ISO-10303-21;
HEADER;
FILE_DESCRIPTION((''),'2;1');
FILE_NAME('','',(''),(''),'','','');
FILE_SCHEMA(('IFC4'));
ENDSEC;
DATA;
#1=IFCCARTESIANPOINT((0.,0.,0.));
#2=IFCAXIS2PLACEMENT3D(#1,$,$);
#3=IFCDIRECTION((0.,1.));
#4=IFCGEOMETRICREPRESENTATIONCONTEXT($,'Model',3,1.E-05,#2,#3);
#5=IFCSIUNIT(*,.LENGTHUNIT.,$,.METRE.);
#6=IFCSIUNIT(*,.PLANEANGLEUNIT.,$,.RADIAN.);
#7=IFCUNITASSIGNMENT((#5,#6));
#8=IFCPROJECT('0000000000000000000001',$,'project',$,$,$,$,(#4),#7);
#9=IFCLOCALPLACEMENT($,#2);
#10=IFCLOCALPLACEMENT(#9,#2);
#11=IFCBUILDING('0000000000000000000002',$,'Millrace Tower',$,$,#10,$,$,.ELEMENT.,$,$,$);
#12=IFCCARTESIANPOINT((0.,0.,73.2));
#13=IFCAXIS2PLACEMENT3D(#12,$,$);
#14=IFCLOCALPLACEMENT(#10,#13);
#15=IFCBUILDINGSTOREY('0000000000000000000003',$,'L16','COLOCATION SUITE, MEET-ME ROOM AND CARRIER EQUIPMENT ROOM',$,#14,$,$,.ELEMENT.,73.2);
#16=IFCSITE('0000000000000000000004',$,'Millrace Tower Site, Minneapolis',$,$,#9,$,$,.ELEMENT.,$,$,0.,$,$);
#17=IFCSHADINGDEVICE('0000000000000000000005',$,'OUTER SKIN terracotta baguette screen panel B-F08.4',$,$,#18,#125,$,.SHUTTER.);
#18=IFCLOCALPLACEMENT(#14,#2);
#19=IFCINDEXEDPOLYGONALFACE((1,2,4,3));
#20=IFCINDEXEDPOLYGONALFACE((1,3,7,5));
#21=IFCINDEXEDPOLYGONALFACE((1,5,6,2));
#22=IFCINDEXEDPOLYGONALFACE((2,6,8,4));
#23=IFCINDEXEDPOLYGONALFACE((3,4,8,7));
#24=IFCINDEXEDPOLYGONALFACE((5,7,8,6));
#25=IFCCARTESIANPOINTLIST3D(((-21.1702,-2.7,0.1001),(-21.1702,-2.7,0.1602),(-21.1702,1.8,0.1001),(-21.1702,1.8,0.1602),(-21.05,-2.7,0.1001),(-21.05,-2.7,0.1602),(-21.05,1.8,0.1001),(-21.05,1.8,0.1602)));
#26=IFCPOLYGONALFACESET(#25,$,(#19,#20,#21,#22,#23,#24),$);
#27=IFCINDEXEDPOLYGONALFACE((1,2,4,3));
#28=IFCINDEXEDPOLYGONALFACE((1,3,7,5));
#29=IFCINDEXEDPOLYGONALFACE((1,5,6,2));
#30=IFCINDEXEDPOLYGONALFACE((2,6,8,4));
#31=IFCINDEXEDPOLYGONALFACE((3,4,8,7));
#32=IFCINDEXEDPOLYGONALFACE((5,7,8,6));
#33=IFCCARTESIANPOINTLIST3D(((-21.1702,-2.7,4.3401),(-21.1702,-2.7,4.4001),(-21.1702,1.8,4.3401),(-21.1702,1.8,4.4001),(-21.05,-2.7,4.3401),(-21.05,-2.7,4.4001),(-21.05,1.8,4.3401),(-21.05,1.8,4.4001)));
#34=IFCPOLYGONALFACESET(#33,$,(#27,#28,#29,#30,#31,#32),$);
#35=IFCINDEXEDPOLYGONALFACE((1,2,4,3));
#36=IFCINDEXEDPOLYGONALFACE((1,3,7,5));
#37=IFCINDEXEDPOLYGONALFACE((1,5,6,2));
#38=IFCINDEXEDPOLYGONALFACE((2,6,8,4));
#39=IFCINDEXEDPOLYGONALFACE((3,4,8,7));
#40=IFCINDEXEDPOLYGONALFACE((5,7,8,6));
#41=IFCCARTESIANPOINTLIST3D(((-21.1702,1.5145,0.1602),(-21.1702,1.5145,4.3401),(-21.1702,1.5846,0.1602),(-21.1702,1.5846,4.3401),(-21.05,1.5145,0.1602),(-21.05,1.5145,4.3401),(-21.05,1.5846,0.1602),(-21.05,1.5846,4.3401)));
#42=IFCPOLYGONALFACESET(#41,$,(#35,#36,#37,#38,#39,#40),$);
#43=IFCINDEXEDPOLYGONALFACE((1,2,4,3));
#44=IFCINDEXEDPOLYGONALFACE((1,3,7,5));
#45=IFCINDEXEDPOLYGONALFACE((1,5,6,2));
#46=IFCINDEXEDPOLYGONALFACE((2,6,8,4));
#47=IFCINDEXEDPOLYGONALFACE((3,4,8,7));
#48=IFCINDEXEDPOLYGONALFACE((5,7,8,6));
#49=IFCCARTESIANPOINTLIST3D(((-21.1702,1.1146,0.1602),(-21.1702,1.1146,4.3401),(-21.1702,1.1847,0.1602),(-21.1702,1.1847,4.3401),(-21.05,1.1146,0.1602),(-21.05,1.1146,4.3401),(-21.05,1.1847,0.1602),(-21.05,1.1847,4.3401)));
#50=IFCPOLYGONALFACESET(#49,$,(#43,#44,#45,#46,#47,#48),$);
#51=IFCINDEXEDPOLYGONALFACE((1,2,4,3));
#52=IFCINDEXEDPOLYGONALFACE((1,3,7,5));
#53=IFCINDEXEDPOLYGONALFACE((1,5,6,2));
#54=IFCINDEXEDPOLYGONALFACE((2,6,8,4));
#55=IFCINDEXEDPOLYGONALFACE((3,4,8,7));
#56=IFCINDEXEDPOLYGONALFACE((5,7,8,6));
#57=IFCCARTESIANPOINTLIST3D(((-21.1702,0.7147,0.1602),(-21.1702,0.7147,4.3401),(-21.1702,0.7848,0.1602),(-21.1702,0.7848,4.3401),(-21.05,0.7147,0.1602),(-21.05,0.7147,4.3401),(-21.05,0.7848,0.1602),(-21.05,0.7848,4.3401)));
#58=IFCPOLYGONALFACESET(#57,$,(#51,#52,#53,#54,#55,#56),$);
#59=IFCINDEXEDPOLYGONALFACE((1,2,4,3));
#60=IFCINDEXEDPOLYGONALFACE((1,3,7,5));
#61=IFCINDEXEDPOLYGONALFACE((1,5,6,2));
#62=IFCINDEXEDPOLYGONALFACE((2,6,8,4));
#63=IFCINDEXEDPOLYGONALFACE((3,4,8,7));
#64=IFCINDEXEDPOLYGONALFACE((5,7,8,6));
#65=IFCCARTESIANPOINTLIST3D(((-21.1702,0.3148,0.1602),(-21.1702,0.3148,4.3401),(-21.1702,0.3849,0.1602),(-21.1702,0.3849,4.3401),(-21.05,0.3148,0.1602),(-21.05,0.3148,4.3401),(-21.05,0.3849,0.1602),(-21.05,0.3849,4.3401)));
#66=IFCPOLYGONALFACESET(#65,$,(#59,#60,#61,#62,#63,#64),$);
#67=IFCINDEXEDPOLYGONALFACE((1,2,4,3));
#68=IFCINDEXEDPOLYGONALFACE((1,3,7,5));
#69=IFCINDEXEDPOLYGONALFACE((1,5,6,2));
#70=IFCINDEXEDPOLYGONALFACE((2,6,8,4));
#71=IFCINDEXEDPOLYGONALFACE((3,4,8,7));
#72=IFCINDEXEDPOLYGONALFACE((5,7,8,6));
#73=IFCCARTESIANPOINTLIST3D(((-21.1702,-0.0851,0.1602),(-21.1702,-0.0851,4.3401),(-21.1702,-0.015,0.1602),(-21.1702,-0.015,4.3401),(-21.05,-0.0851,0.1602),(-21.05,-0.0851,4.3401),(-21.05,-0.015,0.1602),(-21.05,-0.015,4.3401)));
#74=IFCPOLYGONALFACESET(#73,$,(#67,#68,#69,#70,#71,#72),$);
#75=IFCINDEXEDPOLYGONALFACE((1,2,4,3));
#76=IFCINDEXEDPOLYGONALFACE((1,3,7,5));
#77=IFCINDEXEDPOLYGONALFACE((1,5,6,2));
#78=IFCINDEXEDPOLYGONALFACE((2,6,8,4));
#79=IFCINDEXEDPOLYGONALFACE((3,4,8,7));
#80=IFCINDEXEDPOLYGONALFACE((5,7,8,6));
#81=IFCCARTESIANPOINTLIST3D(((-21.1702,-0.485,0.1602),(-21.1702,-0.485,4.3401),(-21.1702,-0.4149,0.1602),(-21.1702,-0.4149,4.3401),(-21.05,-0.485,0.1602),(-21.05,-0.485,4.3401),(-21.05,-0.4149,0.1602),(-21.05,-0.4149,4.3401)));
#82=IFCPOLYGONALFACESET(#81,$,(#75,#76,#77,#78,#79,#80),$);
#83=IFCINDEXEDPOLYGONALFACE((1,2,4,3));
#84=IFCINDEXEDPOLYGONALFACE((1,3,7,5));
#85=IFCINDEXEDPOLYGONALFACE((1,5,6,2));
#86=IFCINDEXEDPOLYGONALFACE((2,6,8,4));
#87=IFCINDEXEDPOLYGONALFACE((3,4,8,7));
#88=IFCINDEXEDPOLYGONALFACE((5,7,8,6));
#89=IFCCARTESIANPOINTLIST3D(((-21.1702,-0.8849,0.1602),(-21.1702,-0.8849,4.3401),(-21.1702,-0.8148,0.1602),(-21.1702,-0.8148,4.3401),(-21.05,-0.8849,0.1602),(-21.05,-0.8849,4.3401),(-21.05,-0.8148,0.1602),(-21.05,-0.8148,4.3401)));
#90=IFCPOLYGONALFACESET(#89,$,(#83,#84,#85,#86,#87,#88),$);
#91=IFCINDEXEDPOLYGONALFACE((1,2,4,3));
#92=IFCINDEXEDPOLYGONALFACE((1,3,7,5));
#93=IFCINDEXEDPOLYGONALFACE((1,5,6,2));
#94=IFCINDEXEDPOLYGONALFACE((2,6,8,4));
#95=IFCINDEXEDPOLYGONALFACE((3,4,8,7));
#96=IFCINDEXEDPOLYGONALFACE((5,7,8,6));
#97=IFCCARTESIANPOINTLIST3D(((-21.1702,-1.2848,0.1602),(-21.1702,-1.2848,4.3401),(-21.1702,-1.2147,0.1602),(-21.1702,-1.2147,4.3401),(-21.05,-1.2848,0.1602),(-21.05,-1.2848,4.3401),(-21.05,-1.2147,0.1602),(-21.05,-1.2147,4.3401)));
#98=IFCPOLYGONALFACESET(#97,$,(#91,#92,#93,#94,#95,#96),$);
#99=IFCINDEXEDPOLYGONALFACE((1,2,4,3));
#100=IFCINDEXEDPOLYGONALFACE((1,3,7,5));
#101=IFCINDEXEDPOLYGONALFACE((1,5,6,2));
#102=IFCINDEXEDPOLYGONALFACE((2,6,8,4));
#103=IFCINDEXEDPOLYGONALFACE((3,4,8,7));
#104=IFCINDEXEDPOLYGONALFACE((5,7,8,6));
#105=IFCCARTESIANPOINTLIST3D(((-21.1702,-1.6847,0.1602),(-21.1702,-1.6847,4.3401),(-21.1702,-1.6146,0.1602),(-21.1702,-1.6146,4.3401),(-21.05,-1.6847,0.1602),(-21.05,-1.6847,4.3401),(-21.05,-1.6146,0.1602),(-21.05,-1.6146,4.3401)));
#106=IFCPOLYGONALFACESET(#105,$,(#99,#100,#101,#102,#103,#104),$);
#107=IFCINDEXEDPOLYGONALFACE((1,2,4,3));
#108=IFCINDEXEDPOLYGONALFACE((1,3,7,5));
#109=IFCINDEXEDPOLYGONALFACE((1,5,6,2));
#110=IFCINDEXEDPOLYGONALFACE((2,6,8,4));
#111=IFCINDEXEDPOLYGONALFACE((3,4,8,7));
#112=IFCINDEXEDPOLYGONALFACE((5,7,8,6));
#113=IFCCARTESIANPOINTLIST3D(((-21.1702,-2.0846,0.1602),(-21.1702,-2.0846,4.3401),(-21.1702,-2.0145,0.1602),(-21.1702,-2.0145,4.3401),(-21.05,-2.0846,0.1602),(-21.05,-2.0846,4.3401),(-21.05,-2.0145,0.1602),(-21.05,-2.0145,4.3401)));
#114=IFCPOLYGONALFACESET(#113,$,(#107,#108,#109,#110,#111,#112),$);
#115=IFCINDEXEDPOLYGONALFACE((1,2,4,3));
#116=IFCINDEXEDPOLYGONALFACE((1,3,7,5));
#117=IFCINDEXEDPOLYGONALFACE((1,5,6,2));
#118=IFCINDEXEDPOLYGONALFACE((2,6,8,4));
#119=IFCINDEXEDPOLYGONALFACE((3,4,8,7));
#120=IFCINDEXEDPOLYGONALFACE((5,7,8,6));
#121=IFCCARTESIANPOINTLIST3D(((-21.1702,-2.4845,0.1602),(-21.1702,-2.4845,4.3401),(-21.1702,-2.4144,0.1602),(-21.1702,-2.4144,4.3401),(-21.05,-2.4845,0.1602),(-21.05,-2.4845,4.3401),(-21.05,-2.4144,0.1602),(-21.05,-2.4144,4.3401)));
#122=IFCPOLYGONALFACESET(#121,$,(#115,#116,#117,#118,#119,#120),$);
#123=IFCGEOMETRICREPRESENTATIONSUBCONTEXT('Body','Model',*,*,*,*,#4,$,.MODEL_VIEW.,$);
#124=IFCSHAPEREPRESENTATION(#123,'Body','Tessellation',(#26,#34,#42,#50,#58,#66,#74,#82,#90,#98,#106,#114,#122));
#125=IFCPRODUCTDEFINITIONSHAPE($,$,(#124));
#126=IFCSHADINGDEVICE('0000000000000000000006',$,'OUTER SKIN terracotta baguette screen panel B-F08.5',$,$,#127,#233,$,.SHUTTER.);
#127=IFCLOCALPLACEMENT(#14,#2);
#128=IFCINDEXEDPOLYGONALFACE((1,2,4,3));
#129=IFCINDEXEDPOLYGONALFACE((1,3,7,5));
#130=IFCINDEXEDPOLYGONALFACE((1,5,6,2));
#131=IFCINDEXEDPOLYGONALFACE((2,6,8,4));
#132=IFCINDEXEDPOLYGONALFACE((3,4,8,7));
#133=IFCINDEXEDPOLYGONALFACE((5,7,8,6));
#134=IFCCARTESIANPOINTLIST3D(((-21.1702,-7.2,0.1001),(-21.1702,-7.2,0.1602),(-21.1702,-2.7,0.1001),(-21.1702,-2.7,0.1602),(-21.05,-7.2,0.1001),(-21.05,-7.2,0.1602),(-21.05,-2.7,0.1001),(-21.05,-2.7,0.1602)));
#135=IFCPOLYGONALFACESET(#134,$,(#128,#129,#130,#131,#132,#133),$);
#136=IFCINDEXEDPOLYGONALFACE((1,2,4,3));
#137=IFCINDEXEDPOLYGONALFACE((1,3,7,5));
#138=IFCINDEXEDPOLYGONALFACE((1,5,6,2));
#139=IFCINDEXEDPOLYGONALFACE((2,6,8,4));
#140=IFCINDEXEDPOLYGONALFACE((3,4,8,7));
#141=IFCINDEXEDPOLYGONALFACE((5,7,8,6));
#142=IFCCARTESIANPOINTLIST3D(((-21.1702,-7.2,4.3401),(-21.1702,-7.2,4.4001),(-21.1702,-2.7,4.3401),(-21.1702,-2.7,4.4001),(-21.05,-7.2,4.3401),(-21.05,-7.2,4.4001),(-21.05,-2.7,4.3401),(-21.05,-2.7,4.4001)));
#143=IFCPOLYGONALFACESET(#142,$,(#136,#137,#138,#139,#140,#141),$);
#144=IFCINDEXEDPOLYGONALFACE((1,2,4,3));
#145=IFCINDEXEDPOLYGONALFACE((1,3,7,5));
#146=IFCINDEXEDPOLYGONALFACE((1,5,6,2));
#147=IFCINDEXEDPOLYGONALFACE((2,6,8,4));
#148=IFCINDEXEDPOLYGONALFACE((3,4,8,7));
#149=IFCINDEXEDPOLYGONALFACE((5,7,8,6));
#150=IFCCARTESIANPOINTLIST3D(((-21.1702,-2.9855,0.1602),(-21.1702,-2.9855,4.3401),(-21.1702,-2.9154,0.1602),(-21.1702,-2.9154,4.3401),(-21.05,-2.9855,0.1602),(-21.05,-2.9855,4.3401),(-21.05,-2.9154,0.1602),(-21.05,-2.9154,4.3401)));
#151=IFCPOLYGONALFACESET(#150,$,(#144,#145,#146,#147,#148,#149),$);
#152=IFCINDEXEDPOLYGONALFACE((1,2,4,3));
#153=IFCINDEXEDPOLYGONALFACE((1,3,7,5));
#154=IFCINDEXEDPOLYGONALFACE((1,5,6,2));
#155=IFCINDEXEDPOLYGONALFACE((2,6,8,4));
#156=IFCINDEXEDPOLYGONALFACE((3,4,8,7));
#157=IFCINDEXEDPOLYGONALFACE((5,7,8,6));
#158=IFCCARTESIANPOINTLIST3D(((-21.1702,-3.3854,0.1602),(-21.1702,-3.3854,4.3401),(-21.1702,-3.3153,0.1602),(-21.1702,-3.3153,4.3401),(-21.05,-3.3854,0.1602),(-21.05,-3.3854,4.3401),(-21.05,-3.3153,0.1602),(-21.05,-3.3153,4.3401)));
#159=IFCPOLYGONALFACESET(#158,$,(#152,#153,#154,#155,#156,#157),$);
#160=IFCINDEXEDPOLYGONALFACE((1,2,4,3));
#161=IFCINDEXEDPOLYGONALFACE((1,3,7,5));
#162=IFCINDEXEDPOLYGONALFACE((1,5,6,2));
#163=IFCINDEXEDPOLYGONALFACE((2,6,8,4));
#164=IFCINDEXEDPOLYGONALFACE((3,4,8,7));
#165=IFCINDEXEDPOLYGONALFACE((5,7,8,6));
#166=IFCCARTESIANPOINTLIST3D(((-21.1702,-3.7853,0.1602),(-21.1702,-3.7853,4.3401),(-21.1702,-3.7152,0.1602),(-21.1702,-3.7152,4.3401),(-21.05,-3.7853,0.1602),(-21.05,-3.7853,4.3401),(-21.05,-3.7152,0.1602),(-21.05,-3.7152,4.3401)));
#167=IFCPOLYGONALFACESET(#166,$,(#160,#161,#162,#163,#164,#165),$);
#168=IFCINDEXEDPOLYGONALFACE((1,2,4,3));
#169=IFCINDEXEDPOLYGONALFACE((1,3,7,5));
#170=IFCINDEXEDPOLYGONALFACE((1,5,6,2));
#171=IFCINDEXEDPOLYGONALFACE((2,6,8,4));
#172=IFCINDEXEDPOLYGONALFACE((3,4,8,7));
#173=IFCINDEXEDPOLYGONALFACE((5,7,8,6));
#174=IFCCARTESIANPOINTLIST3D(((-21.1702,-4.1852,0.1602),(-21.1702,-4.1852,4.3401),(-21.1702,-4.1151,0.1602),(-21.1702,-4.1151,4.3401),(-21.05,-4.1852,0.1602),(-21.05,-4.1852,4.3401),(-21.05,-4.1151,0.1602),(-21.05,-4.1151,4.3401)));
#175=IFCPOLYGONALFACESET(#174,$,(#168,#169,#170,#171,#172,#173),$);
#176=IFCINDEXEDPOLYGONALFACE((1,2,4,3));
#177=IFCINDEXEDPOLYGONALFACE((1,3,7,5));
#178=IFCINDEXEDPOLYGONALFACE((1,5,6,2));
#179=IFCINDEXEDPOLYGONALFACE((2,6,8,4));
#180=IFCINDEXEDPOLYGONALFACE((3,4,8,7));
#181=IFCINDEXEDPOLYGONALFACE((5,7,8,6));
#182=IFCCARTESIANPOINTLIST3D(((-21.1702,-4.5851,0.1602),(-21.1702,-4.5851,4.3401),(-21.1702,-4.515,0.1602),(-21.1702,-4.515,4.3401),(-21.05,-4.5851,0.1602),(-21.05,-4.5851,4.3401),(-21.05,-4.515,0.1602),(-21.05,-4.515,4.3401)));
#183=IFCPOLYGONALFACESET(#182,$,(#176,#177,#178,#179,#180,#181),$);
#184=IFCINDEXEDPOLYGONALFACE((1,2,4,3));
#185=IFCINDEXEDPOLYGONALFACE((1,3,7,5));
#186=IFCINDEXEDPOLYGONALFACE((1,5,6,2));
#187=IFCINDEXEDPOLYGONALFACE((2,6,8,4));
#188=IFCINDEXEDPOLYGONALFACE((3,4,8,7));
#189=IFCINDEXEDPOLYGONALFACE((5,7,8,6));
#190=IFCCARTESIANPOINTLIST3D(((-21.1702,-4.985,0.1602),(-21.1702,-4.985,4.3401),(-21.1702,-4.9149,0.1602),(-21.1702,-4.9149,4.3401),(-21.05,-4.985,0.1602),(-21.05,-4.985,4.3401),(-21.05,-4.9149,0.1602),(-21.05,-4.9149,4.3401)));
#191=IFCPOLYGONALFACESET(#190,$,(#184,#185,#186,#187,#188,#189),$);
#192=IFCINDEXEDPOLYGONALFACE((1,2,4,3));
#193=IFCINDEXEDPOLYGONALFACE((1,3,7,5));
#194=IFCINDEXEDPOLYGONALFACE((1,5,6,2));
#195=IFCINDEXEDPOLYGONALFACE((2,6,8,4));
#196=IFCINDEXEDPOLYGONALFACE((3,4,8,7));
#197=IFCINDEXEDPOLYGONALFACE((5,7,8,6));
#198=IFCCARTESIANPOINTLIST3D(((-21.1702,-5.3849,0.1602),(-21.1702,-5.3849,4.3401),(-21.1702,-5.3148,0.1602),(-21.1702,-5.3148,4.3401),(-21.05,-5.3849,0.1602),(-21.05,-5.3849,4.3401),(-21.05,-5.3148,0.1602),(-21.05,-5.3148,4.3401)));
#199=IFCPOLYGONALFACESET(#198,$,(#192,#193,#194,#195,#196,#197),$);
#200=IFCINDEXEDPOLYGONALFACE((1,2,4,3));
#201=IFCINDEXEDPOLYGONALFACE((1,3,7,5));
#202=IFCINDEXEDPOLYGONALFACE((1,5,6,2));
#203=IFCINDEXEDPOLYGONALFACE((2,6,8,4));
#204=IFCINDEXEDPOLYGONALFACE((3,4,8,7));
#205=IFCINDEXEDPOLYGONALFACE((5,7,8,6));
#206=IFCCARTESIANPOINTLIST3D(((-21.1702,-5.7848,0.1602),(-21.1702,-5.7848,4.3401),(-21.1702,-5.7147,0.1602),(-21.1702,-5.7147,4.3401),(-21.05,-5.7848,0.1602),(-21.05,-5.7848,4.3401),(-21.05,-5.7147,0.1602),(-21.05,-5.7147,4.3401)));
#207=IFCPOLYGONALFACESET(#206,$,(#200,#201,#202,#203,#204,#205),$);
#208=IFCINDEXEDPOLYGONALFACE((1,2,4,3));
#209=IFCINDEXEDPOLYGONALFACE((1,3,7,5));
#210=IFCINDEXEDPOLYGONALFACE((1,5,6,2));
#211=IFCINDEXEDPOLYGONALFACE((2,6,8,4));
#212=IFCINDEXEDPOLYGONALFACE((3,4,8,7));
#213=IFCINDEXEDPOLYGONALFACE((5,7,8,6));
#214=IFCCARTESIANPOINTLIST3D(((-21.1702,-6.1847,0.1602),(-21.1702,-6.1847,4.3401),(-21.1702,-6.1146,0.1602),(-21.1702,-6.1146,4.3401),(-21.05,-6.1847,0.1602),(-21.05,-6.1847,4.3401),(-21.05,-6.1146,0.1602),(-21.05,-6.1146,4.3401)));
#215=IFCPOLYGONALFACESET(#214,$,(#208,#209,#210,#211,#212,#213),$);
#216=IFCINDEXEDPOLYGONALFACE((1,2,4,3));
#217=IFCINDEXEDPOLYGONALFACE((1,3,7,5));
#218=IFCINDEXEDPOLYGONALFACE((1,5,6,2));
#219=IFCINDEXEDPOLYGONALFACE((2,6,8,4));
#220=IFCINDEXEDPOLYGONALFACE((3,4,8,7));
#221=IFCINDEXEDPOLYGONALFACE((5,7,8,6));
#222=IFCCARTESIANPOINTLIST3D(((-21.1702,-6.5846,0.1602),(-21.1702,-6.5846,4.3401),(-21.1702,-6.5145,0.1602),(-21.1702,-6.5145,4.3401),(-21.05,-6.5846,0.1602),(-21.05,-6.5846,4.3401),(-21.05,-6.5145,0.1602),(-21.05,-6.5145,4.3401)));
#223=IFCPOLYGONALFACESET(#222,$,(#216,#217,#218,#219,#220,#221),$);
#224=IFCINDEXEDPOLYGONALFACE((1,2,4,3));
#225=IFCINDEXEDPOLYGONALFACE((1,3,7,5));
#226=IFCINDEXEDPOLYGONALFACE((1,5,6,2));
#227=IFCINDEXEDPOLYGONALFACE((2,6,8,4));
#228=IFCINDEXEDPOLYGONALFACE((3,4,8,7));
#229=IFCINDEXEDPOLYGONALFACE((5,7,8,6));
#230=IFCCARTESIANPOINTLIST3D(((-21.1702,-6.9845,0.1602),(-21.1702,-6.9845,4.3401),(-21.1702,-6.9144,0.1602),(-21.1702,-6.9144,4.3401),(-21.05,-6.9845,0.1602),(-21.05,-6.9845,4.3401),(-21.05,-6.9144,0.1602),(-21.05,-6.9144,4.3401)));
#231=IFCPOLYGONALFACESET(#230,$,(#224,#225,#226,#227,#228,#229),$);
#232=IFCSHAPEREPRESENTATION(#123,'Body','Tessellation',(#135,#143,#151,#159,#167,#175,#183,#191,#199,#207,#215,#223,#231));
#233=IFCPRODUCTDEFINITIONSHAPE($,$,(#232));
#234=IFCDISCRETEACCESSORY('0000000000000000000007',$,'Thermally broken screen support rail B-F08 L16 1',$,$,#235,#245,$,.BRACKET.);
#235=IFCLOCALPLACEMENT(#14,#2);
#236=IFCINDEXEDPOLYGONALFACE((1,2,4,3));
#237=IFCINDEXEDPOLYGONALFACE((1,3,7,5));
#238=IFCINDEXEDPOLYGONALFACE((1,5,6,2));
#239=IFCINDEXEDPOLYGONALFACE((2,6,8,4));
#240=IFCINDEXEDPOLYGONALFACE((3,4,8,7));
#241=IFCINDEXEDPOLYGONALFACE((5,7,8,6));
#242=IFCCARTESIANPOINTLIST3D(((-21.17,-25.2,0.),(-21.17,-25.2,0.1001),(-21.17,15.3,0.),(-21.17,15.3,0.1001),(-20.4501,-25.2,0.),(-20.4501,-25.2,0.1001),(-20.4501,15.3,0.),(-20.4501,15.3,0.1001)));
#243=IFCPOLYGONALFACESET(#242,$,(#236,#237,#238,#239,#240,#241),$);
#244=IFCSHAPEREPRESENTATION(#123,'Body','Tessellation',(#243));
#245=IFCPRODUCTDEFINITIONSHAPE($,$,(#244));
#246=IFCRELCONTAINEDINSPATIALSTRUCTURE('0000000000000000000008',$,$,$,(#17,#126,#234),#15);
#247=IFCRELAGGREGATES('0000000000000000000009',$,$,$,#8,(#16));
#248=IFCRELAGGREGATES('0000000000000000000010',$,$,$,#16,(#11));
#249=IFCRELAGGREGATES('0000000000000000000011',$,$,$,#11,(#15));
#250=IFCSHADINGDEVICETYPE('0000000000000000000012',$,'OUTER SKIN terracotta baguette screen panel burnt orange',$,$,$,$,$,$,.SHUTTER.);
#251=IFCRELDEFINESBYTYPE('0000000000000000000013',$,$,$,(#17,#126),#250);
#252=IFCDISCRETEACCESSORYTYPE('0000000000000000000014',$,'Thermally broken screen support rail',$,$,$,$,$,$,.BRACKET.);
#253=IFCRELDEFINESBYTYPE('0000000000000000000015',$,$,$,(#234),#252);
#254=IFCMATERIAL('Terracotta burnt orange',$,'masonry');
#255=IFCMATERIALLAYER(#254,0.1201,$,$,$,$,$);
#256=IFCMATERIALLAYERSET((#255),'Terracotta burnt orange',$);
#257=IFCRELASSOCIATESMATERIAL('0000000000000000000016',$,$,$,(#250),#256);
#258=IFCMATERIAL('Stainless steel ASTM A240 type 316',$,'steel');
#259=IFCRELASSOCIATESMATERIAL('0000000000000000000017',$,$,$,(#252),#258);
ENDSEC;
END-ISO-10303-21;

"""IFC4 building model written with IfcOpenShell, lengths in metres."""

from ifc_helpers import new_model, entity, si_unit, direction, frame, frame_2d, origin, origin_2d, place, context, subcontext, project, spatial, rectangle, extrude, source, transform, mapped, material, layer, layer_set, type_object, element, save


model = new_model("IFC4")

# Units and contexts
model_context = context("Model", 3, precision=1e-05, world=origin(), true_north=direction((0.0, 1.0)))
body_context = subcontext(model_context, "Body", "Model", "MODEL_VIEW")
ifc_project = project(units=[si_unit("LENGTHUNIT", "METRE"), si_unit("PLANEANGLEUNIT", "RADIAN")], contexts=[model_context])

# Site, building, storey
site_placement = place(None, origin())
site = spatial("IfcSite", under=ifc_project, at=site_placement, Name="Millrace Tower Site, Minneapolis", CompositionType="ELEMENT", RefElevation=0.0)
building_placement = place(site_placement, origin())
building = spatial("IfcBuilding", under=site, at=building_placement, Name="Millrace Tower", CompositionType="ELEMENT")
storey_placement = place(building_placement, frame((0.0, 0.0, 73.2)))
storey = spatial("IfcBuildingStorey", under=building, at=storey_placement, Name="L16", Description="COLOCATION SUITE, MEET-ME ROOM AND CARRIER EQUIPMENT ROOM", CompositionType="ELEMENT", Elevation=73.2)

# Shading devices
ifc_material_1 = material(Name="Terracotta burnt orange", Category="masonry")
ifc_layer_1 = layer(ifc_material_1, 0.1201)
ifc_layer_set_1 = layer_set([ifc_layer_1], Name="Terracotta burnt orange")
shading_device_type = type_object("IfcShadingDeviceType", Name="OUTER SKIN terracotta baguette screen panel burnt orange", PredefinedType="SHUTTER", material=ifc_layer_set_1)
cartesian_point = entity("IfcCartesianPoint", [-2.25, 0.0601])
shared_polyline = entity("IfcPolyline", [cartesian_point, entity("IfcCartesianPoint", [2.25, 0.0601]), entity("IfcCartesianPoint", [2.25, -0.0601]), entity("IfcCartesianPoint", [-2.25, -0.0601]), cartesian_point])
shared_shape = source(origin(), body_context, "Body", "SweptSolid", [
    entity("IfcExtrudedAreaSolid", entity("IfcArbitraryClosedProfileDef", "AREA", None, shared_polyline), entity("IfcAxis2Placement3D", entity("IfcCartesianPoint", [0.0, 0.0, 0.0])), entity("IfcDirection", [0.0, 0.0, 1.0]), 0.0601),
    entity("IfcExtrudedAreaSolid", entity("IfcArbitraryClosedProfileDef", "AREA", None, shared_polyline), entity("IfcAxis2Placement3D", entity("IfcCartesianPoint", [0.0, 0.0, 4.24])), entity("IfcDirection", [0.0, 0.0, 1.0]), 0.0601),
    extrude(rectangle(XDim=0.0701, YDim=0.1201, at=frame_2d((-1.9995, 0.0))), frame((0.0, 0.0, 0.0601)), (0.0, 0.0, 1.0), 4.1799),
    extrude(rectangle(XDim=0.0701, YDim=0.1201, at=frame_2d((-1.5996, 0.0))), frame((0.0, 0.0, 0.0601)), (0.0, 0.0, 1.0), 4.1799),
    extrude(rectangle(XDim=0.0701, YDim=0.1201, at=frame_2d((-1.1997, 0.0))), frame((0.0, 0.0, 0.0601)), (0.0, 0.0, 1.0), 4.1799),
    extrude(rectangle(XDim=0.0701, YDim=0.1201, at=frame_2d((-0.7998, 0.0))), frame((0.0, 0.0, 0.0601)), (0.0, 0.0, 1.0), 4.1799),
    extrude(rectangle(XDim=0.0701, YDim=0.1201, at=frame_2d((-0.3999, 0.0))), frame((0.0, 0.0, 0.0601)), (0.0, 0.0, 1.0), 4.1799),
    extrude(rectangle(XDim=0.0701, YDim=0.1201, at=origin_2d()), frame((0.0, 0.0, 0.0601)), (0.0, 0.0, 1.0), 4.1799),
    extrude(rectangle(XDim=0.0701, YDim=0.1201, at=frame_2d((0.3999, 0.0))), frame((0.0, 0.0, 0.0601)), (0.0, 0.0, 1.0), 4.1799),
    extrude(rectangle(XDim=0.0701, YDim=0.1201, at=frame_2d((0.7998, 0.0))), frame((0.0, 0.0, 0.0601)), (0.0, 0.0, 1.0), 4.1799),
    extrude(rectangle(XDim=0.0701, YDim=0.1201, at=frame_2d((1.1997, 0.0))), frame((0.0, 0.0, 0.0601)), (0.0, 0.0, 1.0), 4.1799),
    extrude(rectangle(XDim=0.0701, YDim=0.1201, at=frame_2d((1.5996, 0.0))), frame((0.0, 0.0, 0.0601)), (0.0, 0.0, 1.0), 4.1799),
    extrude(rectangle(XDim=0.0701, YDim=0.1201, at=frame_2d((1.9995, 0.0))), frame((0.0, 0.0, 0.0601)), (0.0, 0.0, 1.0), 4.1799),
])
for number, where, z_axis, x_axis, name in (
    (1, (-21.1101, -0.45, 0.1001), (0.0, 0.0, 1.0), (0.0, -1.0, 0.0), "OUTER SKIN terracotta baguette screen panel B-F08.4"),
    (2, (-21.1101, -4.95, 0.1001), (0.0, 0.0, 1.0), (0.0, -1.0, 0.0), "OUTER SKIN terracotta baguette screen panel B-F08.5"),
):
    element("IfcShadingDevice", number, at=place(storey_placement, frame(where, z_axis=z_axis, x_axis=x_axis)), inside=storey, type_object=shading_device_type, Name=name, PredefinedType="SHUTTER", context=body_context, shape_type="MappedRepresentation", body=[
        mapped(shared_shape, transform((0.0, 0.0, 0.0), scale=1.0)),
    ])

# Discrete accessory
ifc_material_2 = material(Name="Stainless steel ASTM A240 type 316", Category="steel")
discrete_accessory_type = type_object("IfcDiscreteAccessoryType", Name="Thermally broken screen support rail", PredefinedType="BRACKET", material=ifc_material_2)
discrete_accessory_placement = place(storey_placement, frame((-20.8101, -4.95, 0.0), z_axis=(0.0, 0.0, 1.0), x_axis=(0.0, -1.0, 0.0)))
element("IfcDiscreteAccessory", 3, at=discrete_accessory_placement, inside=storey, type_object=discrete_accessory_type, Name="Thermally broken screen support rail B-F08 L16 1", PredefinedType="BRACKET", context=body_context, shape_type="SweptSolid", body=[
    extrude(rectangle(XDim=40.5, YDim=0.72, at=origin_2d()), origin(), (0.0, 0.0, 1.0), 0.1001),
])

save(model, "model.ifc")
